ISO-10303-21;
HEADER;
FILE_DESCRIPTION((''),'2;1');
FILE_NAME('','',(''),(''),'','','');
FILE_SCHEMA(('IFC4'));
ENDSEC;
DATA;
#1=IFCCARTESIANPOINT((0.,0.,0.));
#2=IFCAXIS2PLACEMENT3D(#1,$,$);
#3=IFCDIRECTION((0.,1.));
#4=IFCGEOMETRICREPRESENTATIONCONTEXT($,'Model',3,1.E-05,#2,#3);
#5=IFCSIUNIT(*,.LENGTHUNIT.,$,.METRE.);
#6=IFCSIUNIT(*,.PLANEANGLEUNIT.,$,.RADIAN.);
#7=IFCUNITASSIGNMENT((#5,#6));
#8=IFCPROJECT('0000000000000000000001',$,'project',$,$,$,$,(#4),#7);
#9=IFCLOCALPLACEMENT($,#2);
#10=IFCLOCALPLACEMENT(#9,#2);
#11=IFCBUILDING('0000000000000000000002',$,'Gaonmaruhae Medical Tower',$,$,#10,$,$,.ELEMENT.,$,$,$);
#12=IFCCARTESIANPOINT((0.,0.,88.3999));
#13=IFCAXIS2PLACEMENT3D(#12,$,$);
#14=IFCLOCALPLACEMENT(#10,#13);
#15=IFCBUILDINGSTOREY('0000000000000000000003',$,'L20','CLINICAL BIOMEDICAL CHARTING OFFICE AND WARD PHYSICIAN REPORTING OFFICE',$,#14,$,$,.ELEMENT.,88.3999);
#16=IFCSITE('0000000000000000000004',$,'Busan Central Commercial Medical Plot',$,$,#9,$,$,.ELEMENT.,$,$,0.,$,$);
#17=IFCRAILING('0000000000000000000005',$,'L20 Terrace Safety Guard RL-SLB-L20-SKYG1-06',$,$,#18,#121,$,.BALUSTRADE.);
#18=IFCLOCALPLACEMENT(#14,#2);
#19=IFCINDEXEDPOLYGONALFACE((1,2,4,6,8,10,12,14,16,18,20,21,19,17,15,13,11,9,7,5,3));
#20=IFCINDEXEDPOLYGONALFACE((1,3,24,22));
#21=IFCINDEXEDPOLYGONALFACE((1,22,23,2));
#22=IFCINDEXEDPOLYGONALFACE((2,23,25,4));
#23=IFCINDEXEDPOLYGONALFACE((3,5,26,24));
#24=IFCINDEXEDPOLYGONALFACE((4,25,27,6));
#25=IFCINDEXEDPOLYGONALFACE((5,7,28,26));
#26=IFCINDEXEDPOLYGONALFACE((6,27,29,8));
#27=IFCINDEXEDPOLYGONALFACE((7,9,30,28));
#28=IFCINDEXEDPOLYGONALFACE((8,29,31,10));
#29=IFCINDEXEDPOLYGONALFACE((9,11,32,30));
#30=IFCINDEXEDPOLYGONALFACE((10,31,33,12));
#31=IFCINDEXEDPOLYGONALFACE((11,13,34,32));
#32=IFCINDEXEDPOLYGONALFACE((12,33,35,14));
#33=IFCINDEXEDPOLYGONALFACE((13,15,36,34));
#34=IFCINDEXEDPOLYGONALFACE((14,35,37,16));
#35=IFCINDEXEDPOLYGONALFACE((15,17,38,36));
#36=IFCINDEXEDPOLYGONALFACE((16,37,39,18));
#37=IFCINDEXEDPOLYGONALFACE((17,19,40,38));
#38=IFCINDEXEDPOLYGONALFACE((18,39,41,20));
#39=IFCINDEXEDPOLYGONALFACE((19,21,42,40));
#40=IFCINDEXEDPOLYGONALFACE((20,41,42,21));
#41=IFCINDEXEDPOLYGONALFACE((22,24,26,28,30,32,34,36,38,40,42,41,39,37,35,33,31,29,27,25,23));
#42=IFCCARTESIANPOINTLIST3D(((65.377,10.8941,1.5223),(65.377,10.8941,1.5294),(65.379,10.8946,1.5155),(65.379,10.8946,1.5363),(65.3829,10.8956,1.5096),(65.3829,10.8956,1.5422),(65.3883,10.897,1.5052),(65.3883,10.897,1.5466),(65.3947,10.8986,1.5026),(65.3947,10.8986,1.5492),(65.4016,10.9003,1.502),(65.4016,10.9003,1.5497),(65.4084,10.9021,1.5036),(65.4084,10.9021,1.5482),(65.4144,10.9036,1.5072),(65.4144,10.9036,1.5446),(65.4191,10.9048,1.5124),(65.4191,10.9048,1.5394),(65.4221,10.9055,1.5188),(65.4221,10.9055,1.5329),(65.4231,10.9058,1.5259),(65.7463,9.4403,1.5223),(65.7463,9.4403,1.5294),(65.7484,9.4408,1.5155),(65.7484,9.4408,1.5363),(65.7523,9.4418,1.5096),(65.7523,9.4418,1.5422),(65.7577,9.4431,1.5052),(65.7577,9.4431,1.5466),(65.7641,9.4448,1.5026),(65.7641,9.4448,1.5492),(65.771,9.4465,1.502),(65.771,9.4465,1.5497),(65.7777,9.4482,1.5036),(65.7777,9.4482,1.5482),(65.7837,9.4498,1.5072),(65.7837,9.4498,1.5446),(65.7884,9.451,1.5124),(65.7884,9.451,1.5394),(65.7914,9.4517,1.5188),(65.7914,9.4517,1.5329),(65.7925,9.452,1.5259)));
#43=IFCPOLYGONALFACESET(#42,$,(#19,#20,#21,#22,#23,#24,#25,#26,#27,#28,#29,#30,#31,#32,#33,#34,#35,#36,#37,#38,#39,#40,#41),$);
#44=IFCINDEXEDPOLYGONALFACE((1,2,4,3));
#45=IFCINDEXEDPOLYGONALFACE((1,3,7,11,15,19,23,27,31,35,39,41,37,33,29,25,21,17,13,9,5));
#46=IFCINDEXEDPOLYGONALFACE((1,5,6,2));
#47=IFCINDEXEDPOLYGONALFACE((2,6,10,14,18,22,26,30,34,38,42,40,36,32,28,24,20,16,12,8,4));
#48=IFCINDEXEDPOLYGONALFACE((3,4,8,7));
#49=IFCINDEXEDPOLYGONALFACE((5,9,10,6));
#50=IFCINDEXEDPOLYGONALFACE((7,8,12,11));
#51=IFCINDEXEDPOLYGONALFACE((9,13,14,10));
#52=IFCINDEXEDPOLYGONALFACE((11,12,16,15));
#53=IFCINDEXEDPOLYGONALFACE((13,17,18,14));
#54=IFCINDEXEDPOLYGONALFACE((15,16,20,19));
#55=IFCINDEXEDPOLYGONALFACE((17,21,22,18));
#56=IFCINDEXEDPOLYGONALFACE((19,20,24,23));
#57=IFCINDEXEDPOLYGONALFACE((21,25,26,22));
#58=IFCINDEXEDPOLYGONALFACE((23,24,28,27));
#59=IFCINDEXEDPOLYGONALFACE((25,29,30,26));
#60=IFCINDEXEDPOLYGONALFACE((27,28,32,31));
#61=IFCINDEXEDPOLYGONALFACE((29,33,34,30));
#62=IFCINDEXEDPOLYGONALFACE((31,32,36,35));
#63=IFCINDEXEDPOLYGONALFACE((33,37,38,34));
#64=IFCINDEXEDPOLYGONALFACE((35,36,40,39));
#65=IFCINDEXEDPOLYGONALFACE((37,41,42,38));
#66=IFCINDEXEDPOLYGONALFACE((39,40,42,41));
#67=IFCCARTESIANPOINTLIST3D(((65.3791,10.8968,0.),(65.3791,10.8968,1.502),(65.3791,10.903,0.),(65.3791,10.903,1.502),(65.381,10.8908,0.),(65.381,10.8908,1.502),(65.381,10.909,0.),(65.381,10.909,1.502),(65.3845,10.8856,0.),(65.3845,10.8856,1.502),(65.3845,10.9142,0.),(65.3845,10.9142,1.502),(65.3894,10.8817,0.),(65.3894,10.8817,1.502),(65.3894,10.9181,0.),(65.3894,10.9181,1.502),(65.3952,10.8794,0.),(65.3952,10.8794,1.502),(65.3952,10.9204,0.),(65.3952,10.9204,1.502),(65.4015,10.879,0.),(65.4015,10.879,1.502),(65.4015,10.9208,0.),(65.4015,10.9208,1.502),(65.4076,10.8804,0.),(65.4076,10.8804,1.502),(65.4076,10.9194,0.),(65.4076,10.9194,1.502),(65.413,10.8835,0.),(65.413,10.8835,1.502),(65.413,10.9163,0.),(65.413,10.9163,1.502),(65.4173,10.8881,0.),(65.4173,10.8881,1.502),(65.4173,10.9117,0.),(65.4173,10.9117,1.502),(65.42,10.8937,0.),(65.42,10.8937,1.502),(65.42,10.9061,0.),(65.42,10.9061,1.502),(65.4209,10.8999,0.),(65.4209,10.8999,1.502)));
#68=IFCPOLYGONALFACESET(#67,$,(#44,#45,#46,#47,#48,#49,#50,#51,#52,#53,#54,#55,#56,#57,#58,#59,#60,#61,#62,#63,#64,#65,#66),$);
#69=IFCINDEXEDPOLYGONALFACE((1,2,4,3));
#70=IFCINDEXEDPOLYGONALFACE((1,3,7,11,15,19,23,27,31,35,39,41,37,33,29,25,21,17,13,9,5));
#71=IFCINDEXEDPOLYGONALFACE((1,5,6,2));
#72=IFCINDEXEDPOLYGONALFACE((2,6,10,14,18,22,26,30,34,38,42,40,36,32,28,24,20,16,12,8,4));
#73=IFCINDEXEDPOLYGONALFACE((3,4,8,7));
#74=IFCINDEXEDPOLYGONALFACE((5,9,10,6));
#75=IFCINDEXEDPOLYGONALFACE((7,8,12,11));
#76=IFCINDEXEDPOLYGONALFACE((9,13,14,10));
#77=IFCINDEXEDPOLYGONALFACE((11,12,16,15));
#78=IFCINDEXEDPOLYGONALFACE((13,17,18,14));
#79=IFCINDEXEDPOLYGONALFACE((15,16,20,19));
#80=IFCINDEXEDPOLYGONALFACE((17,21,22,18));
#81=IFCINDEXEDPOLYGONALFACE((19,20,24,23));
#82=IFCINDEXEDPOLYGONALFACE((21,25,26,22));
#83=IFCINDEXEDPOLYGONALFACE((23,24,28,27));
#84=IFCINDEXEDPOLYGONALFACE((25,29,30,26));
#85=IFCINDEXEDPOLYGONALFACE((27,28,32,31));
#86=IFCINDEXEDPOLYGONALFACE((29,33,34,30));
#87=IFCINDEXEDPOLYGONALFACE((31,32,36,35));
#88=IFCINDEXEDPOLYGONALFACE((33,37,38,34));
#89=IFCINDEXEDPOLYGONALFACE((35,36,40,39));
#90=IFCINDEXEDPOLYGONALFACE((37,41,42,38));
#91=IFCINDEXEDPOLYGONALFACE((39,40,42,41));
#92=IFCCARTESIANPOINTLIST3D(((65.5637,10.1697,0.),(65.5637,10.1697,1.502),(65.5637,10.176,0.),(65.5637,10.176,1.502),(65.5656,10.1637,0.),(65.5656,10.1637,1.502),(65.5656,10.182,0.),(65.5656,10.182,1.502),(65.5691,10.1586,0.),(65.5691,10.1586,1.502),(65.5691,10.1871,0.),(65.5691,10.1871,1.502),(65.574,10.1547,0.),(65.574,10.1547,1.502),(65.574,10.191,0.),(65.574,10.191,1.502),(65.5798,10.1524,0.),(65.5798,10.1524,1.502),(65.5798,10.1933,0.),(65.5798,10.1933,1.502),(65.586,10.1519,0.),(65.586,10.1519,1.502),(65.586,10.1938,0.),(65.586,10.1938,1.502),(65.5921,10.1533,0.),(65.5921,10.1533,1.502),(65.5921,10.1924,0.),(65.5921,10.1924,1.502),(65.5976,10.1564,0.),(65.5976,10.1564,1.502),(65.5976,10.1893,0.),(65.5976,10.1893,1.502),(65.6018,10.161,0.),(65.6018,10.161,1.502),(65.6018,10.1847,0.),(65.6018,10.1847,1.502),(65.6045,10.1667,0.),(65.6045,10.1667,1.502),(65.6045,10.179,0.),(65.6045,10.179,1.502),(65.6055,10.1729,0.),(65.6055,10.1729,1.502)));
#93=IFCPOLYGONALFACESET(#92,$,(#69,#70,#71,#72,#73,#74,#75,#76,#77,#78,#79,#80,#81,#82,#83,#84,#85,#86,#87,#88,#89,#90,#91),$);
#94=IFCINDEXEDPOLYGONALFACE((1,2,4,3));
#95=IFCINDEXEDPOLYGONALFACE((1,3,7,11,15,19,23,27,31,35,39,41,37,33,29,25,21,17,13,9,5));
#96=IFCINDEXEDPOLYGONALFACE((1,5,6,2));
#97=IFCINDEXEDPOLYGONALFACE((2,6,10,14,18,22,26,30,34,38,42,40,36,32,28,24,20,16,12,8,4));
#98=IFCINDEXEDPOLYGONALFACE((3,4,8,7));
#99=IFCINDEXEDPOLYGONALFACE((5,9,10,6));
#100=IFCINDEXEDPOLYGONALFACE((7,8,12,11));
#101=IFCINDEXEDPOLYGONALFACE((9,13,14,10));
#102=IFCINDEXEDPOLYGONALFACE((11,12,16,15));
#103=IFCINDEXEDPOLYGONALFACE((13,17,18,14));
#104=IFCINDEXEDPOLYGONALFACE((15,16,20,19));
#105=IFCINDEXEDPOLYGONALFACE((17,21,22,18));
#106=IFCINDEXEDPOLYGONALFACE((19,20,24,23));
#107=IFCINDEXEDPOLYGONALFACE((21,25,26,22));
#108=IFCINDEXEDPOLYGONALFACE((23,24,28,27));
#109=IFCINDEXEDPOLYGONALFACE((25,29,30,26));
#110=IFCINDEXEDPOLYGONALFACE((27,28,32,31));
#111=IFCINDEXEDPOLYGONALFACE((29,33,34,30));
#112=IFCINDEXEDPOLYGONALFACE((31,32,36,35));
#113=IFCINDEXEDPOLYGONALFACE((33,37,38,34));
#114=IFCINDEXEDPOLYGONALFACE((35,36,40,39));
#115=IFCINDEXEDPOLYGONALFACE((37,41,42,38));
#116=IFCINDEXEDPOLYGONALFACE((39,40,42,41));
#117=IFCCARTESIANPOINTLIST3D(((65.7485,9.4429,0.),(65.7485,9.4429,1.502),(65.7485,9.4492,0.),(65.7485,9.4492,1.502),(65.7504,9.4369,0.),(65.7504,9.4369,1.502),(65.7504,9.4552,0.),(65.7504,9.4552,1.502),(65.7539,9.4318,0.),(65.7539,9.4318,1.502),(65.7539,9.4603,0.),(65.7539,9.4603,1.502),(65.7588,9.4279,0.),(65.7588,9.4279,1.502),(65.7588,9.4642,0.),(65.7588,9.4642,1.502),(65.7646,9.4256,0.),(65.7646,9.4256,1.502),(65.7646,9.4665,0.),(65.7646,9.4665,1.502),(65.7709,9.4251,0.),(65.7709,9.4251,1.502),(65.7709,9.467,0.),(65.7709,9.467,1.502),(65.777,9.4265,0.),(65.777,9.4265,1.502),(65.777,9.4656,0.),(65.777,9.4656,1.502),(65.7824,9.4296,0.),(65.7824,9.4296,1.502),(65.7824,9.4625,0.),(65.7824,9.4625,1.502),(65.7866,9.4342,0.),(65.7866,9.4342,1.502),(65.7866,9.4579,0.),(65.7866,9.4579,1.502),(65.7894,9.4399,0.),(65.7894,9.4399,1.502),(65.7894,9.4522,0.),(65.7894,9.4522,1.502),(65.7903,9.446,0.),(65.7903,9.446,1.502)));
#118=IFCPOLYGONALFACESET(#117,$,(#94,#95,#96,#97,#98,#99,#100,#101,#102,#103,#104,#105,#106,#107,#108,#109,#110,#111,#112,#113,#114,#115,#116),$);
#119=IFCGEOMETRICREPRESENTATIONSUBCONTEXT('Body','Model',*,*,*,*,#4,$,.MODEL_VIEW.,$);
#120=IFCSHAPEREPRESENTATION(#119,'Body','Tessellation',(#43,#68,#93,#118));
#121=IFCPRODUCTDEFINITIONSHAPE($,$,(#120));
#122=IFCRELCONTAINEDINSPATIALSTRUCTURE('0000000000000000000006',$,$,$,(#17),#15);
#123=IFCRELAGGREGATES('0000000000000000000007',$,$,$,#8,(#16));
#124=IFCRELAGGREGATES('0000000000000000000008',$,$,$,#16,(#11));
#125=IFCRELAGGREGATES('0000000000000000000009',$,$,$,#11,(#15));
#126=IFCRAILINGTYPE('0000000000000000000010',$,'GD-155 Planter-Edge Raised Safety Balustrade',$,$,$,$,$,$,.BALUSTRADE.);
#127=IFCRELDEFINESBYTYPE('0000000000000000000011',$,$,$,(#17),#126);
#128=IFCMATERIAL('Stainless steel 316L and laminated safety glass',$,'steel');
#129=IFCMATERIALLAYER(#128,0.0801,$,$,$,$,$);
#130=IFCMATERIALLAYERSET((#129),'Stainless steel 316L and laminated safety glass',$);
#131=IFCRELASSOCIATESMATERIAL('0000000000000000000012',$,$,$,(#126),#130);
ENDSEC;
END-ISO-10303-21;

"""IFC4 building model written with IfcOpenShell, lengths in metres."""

from ifc_helpers import new_model, si_unit, direction, frame, origin, origin_2d, place, context, subcontext, project, spatial, circle, extrude, material, layer, layer_set, type_object, element, save


model = new_model("IFC4")

# Units and contexts
model_context = context("Model", 3, precision=1e-05, world=origin(), true_north=direction((0.0, 1.0)))
body_context = subcontext(model_context, "Body", "Model", "MODEL_VIEW")
ifc_project = project(units=[si_unit("LENGTHUNIT", "METRE"), si_unit("PLANEANGLEUNIT", "RADIAN")], contexts=[model_context])

# Site, building, storey
site_placement = place(None, origin())
site = spatial("IfcSite", under=ifc_project, at=site_placement, Name="Busan Central Commercial Medical Plot", CompositionType="ELEMENT", RefElevation=0.0)
building_placement = place(site_placement, origin())
building = spatial("IfcBuilding", under=site, at=building_placement, Name="Gaonmaruhae Medical Tower", CompositionType="ELEMENT")
storey_placement = place(building_placement, frame((0.0, 0.0, 88.3999)))
storey = spatial("IfcBuildingStorey", under=building, at=storey_placement, Name="L20", Description="CLINICAL BIOMEDICAL CHARTING OFFICE AND WARD PHYSICIAN REPORTING OFFICE", CompositionType="ELEMENT", Elevation=88.3999)

# Railing
ifc_material_1 = material(Name="Stainless steel 316L and laminated safety glass", Category="steel")
ifc_layer_1 = layer(ifc_material_1, 0.0801)
ifc_layer_set_1 = layer_set([ifc_layer_1], Name="Stainless steel 316L and laminated safety glass")
railing_type = type_object("IfcRailingType", Name="GD-155 Planter-Edge Raised Safety Balustrade", PredefinedType="BALUSTRADE", material=ifc_layer_set_1)
railing_1_placement = place(storey_placement, frame((65.3999, 10.8999, 0.0)))
element("IfcRailing", 1, at=railing_1_placement, inside=storey, type_object=railing_type, Name="L20 Terrace Safety Guard RL-SLB-L20-SKYG1-06", PredefinedType="BALUSTRADE", context=body_context, shape_type="SweptSolid", body=[
    extrude(circle(Radius=0.0239, at=origin_2d()), frame((0.0, 0.0, 1.5259), z_axis=(0.246248, -0.969207, 0.0), x_axis=(0.969207, 0.246248, 0.0)), (0.0, 0.0, 1.0), 1.5),
    extrude(circle(Radius=0.021, at=origin_2d()), origin(), (0.0, 0.0, 1.0), 1.502),
    extrude(circle(Radius=0.021, at=origin_2d()), frame((0.1846, -0.7271, 0.0)), (0.0, 0.0, 1.0), 1.502),
    extrude(circle(Radius=0.021, at=origin_2d()), frame((0.3694, -1.4539, 0.0)), (0.0, 0.0, 1.0), 1.502),
])

save(model, "model.ifc")
